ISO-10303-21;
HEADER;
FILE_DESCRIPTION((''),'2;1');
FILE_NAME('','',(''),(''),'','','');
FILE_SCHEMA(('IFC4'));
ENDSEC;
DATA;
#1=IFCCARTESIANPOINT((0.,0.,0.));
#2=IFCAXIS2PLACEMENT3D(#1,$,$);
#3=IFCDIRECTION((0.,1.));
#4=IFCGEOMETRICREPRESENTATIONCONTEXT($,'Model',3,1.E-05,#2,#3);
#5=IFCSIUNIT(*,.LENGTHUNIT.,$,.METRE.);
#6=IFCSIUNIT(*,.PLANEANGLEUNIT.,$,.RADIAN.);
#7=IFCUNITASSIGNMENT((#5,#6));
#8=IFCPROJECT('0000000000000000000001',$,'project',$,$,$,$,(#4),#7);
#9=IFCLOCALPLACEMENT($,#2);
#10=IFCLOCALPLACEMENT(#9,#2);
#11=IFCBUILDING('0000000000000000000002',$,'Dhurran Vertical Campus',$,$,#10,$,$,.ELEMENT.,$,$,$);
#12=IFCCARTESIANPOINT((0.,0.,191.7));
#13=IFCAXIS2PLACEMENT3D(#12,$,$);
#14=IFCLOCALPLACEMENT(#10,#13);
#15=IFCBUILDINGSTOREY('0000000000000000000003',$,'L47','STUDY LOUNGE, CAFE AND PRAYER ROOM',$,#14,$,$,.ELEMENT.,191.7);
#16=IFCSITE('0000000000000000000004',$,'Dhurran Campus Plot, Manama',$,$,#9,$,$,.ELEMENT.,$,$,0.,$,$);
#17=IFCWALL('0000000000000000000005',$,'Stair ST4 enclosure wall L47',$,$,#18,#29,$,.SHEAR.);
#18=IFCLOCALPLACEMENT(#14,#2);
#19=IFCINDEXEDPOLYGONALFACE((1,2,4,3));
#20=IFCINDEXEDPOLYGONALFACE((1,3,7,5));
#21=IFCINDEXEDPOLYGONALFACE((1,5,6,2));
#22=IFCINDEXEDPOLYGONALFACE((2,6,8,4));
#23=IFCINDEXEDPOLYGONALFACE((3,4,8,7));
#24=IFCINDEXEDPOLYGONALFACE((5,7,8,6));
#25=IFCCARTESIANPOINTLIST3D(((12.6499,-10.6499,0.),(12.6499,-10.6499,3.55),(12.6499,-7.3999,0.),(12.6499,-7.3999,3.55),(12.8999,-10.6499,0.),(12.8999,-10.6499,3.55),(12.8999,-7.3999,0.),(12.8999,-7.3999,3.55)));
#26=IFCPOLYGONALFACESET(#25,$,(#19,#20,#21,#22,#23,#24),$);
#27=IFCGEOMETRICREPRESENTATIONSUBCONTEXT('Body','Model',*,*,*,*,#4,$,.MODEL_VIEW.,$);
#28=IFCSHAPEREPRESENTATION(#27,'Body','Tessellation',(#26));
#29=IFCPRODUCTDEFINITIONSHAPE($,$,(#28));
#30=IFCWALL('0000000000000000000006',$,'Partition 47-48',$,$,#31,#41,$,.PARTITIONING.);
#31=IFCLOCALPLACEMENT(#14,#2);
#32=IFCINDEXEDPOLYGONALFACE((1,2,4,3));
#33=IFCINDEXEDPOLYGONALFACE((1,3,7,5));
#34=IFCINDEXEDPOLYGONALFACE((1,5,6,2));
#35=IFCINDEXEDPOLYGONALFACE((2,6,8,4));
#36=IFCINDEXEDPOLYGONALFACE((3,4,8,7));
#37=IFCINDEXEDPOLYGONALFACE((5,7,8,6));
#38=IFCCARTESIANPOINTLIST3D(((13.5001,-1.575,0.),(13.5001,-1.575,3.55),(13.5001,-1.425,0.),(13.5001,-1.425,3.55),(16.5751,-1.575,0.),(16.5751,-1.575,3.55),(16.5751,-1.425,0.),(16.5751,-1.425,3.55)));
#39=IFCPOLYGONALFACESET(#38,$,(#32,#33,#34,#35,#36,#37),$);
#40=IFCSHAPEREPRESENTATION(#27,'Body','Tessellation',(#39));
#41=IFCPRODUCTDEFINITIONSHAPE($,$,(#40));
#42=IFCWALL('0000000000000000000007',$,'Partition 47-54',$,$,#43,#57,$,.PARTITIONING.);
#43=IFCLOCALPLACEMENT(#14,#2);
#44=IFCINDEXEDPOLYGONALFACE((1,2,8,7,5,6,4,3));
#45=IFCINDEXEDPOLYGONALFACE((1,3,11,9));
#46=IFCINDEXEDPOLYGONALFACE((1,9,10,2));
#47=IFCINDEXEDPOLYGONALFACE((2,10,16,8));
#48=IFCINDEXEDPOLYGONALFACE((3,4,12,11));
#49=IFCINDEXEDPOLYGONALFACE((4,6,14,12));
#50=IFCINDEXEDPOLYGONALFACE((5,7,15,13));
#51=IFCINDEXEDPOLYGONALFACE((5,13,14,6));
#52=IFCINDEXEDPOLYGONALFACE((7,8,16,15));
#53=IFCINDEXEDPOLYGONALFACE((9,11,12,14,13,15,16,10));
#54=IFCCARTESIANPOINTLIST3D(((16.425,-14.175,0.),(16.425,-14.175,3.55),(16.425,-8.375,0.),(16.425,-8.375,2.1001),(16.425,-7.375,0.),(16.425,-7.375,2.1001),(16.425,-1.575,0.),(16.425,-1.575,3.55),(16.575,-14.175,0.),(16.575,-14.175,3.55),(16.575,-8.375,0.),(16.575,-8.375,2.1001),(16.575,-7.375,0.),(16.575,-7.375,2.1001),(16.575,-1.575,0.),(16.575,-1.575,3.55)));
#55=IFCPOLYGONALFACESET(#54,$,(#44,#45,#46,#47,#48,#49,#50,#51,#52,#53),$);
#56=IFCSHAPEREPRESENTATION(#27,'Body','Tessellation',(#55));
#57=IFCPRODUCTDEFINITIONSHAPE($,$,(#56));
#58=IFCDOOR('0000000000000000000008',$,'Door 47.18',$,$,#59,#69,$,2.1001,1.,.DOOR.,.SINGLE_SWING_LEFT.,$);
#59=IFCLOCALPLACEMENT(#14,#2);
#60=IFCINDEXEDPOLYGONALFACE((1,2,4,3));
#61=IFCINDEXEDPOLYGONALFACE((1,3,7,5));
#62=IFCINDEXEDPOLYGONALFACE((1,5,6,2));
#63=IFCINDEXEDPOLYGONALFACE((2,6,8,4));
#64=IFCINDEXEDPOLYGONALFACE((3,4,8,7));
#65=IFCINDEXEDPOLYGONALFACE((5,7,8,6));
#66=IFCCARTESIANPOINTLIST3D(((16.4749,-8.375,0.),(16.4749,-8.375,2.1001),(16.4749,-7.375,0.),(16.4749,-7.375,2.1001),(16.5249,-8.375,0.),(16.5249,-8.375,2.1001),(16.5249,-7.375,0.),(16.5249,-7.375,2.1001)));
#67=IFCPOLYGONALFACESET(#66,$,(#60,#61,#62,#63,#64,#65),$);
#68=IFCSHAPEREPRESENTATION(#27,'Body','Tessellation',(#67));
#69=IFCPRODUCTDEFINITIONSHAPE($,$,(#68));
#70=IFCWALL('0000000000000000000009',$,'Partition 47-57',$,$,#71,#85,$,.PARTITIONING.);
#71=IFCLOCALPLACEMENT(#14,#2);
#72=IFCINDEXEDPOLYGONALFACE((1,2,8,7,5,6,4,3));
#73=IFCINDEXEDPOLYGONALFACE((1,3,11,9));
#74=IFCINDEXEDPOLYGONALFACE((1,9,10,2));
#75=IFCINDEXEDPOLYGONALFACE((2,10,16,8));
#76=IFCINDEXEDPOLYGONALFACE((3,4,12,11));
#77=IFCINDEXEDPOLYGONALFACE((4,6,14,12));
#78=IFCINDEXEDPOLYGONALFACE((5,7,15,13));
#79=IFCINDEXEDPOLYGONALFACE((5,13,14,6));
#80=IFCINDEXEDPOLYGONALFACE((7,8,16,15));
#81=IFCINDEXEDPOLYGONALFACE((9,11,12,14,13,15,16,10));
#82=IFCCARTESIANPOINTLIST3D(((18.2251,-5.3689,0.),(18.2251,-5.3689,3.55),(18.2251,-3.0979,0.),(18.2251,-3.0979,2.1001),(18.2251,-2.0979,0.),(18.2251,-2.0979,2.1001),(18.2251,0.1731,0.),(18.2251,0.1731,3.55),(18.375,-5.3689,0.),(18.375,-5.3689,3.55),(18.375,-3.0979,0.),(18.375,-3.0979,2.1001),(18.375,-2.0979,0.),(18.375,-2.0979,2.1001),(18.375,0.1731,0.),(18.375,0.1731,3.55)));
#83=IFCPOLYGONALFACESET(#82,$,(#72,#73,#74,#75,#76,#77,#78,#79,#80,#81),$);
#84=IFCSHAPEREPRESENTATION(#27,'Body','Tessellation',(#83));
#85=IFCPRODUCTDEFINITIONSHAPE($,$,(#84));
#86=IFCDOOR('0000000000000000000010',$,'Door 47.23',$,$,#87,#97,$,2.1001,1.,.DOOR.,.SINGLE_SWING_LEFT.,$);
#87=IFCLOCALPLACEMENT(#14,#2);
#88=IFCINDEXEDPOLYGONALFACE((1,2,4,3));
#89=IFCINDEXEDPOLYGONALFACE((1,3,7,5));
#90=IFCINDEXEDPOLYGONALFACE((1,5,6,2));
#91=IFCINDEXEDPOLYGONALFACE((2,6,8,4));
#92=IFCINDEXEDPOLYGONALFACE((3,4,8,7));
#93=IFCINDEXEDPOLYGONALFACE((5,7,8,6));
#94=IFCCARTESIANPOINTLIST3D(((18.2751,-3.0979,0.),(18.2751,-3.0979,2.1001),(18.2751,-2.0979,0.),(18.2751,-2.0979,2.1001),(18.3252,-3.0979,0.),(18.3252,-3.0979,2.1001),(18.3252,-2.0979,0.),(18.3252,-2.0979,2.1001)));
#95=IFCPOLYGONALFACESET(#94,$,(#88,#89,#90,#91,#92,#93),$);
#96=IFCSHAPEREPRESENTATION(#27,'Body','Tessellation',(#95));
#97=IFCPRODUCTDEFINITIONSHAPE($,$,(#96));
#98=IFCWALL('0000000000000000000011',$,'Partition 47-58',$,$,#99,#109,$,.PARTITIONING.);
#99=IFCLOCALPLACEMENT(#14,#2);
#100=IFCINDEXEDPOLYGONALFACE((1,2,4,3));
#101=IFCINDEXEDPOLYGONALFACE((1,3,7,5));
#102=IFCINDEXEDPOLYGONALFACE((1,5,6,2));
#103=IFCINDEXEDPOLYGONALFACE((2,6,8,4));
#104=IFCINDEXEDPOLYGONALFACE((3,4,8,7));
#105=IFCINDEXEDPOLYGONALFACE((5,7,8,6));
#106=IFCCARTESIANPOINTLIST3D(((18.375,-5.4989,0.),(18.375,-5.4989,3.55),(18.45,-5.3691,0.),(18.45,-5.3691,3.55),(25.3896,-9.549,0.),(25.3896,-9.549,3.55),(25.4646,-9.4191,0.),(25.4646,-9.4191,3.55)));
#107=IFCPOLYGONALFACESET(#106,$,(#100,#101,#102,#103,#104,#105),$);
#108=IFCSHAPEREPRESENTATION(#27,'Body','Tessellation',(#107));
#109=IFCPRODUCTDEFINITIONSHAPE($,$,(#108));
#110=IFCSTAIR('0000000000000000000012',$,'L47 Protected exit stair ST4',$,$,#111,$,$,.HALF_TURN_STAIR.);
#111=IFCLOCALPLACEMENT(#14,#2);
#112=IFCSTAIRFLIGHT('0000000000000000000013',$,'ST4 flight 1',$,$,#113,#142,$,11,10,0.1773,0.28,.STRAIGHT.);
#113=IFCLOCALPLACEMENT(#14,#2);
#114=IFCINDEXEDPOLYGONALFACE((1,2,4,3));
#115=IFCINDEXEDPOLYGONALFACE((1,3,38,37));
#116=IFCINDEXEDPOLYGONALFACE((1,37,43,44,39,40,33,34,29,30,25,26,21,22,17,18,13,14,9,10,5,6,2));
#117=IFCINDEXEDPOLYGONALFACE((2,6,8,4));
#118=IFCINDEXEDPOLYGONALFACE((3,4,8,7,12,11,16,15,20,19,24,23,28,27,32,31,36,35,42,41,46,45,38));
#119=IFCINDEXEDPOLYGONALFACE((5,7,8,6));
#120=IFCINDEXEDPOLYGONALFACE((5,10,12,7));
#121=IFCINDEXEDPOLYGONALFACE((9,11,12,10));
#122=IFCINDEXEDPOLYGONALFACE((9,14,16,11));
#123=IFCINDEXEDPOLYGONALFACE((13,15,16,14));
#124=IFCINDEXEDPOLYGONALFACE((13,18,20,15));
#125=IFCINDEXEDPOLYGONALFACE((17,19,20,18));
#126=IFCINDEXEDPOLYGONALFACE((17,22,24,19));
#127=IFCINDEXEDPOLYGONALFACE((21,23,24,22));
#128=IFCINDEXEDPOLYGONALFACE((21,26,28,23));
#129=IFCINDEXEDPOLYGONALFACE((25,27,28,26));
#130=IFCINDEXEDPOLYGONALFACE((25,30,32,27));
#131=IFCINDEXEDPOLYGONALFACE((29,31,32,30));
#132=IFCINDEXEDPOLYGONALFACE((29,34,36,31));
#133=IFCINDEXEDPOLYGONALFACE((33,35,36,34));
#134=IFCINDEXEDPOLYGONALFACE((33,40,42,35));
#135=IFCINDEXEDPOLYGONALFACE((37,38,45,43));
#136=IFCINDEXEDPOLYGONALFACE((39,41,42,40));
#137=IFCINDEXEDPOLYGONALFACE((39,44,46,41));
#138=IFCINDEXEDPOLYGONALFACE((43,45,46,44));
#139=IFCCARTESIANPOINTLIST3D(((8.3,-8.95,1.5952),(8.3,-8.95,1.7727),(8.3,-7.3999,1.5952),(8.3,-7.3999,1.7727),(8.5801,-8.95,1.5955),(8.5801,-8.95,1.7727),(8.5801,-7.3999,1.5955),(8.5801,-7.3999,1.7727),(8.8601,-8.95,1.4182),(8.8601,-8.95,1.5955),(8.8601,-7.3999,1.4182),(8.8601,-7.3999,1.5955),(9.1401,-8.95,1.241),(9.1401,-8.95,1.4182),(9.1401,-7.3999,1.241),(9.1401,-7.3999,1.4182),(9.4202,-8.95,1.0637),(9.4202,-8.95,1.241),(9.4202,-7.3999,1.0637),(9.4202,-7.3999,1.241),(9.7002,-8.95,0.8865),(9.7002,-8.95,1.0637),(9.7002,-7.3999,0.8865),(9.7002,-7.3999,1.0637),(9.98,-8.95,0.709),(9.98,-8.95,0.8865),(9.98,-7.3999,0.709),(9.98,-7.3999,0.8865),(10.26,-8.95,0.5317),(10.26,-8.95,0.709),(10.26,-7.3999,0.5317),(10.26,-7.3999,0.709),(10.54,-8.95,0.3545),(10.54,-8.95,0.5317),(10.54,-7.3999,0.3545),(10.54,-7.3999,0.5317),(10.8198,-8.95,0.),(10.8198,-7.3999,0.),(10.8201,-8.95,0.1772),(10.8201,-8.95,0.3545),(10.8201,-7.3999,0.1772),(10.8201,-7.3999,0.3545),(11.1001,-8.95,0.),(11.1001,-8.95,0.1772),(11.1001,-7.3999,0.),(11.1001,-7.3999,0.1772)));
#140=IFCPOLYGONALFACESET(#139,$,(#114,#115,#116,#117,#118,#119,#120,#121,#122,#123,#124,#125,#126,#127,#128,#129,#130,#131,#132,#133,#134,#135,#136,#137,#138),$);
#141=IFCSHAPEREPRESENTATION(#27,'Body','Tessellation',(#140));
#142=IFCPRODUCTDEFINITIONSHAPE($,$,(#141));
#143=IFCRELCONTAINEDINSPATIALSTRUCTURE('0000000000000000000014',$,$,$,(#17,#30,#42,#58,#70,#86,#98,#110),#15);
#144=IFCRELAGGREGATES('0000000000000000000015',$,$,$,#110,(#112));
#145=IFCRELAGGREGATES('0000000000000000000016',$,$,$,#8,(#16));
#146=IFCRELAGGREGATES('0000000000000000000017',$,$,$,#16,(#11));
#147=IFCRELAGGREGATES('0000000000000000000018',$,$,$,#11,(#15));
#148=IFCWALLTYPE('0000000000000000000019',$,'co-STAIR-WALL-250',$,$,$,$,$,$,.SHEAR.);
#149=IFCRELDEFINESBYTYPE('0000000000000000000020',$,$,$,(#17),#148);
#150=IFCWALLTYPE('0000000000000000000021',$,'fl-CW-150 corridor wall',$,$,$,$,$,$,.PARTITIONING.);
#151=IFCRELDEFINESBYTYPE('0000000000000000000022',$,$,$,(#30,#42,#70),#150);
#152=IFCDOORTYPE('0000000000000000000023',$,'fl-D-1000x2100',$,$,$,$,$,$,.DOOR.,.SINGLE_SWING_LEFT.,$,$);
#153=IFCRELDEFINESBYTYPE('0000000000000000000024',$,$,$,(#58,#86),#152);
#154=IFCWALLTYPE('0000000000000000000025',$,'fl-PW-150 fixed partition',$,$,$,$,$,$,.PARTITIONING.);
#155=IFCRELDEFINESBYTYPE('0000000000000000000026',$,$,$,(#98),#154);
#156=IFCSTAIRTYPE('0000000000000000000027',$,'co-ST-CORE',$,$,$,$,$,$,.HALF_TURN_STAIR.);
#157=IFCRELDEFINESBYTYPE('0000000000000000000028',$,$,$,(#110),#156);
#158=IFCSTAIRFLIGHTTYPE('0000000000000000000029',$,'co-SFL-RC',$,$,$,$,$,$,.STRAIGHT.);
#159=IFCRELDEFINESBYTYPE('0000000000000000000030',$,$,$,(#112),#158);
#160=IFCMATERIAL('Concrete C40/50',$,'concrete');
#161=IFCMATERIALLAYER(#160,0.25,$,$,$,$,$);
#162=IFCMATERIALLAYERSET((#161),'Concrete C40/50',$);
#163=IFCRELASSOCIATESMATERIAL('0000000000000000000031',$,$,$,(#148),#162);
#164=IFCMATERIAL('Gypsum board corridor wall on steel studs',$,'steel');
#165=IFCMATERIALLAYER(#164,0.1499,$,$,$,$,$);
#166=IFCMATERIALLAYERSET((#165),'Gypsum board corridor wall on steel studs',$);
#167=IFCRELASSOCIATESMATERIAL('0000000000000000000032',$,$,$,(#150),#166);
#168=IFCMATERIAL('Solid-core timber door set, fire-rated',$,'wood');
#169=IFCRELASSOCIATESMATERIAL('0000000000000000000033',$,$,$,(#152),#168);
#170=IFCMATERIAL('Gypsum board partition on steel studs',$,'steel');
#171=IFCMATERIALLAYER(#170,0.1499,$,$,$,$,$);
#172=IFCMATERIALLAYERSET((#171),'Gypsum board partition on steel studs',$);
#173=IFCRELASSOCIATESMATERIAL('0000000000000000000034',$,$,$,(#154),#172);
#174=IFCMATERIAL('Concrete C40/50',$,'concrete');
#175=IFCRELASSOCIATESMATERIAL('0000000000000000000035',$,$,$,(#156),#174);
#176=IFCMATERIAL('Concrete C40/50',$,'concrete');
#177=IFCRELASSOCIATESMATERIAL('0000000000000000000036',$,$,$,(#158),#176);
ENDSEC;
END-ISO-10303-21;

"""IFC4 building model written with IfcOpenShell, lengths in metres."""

from ifc_helpers import new_model, si_unit, direction, frame, frame_2d, origin, place, context, subcontext, project, spatial, polyline, rectangle, outline, extrude, material, layer, layer_set, type_object, element, fill, aggregate, save


model = new_model("IFC4")

# Units and contexts
model_context = context("Model", 3, precision=1e-05, world=origin(), true_north=direction((0.0, 1.0)))
body_context = subcontext(model_context, "Body", "Model", "MODEL_VIEW")
ifc_project = project(units=[si_unit("LENGTHUNIT", "METRE"), si_unit("PLANEANGLEUNIT", "RADIAN")], contexts=[model_context])

# Site, building, storey
site_placement = place(None, origin())
site = spatial("IfcSite", under=ifc_project, at=site_placement, Name="Dhurran Campus Plot, Manama", CompositionType="ELEMENT", RefElevation=0.0)
building_placement = place(site_placement, origin())
building = spatial("IfcBuilding", under=site, at=building_placement, Name="Dhurran Vertical Campus", CompositionType="ELEMENT")
storey_placement = place(building_placement, frame((0.0, 0.0, 191.7)))
storey = spatial("IfcBuildingStorey", under=building, at=storey_placement, Name="L47", Description="STUDY LOUNGE, CAFE AND PRAYER ROOM", CompositionType="ELEMENT", Elevation=191.7)

# Walls
ifc_material_1 = material(Name="Concrete C40/50", Category="concrete")
ifc_layer_1 = layer(ifc_material_1, 0.25)
ifc_layer_set_1 = layer_set([ifc_layer_1], Name="Concrete C40/50")
wall_type_1 = type_object("IfcWallType", Name="co-STAIR-WALL-250", PredefinedType="SHEAR", material=ifc_layer_set_1)
wall_1_placement = place(storey_placement, frame((12.7749, -10.6499, 0.0), z_axis=(0.0, 0.0, 1.0), x_axis=(0.0, 1.0, 0.0)))
element("IfcWall", 1, at=wall_1_placement, inside=storey, type_object=wall_type_1, Name="Stair ST4 enclosure wall L47", PredefinedType="SHEAR", context=body_context, shape_type="SweptSolid", body=[
    extrude(rectangle(XDim=3.25, YDim=0.25, at=frame_2d((1.625, 0.0))), origin(), (0.0, 0.0, 1.0), 3.55),
])
ifc_material_2 = material(Name="Gypsum board corridor wall on steel studs", Category="steel")
ifc_layer_2 = layer(ifc_material_2, 0.1499)
ifc_layer_set_2 = layer_set([ifc_layer_2], Name="Gypsum board corridor wall on steel studs")
wall_type_2 = type_object("IfcWallType", Name="fl-CW-150 corridor wall", PredefinedType="PARTITIONING", material=ifc_layer_set_2)
wall_2_placement = place(storey_placement, frame((13.5, -1.5, 0.0), z_axis=(0.0, 0.0, 1.0), x_axis=(1.0, 0.0, 0.0)))
element("IfcWall", 2, at=wall_2_placement, inside=storey, type_object=wall_type_2, Name="Partition 47-48", PredefinedType="PARTITIONING", context=body_context, shape_type="SweptSolid", body=[
    extrude(rectangle(XDim=3.075, YDim=0.1499, at=frame_2d((1.5376, 0.0))), origin(), (0.0, 0.0, 1.0), 3.55),
])

# Walls, openings, doors
wall_3_placement = place(storey_placement, frame((16.5, -1.575, 0.0), z_axis=(0.0, 0.0, 1.0), x_axis=(0.0, -1.0, 0.0)))
wall_3 = element("IfcWall", 3, at=wall_3_placement, inside=storey, type_object=wall_type_2, Name="Partition 47-54", PredefinedType="PARTITIONING", context=body_context, shape_type="SweptSolid", body=[
    extrude(rectangle(XDim=12.6001, YDim=0.1499, at=frame_2d((6.3, 0.0))), origin(), (0.0, 0.0, 1.0), 3.55),
])
opening_1_placement = place(wall_3_placement, frame((5.8, 0.0, 0.0)))
opening_1 = element("IfcOpeningElement", 4, at=opening_1_placement, cuts=wall_3, PredefinedType="OPENING", context=body_context, shape_type="SweptSolid", body=[
    extrude(rectangle(XDim=1.0, YDim=2.1001, at=frame_2d((0.5, 1.05))), frame((0.0, 0.085, 0.0), z_axis=(0.0, -1.0, 0.0), x_axis=(1.0, 0.0, 0.0)), (0.0, 0.0, 1.0), 0.1699),
])
ifc_material_3 = material(Name="Solid-core timber door set, fire-rated", Category="wood")
door_type_1 = type_object("IfcDoorType", Name="fl-D-1000x2100", OperationType="SINGLE_SWING_LEFT", PredefinedType="DOOR", material=ifc_material_3)
door_1_placement = place(opening_1_placement, origin())
door_1 = element("IfcDoor", 5, at=door_1_placement, inside=storey, type_object=door_type_1, Name="Door 47.18", OperationType="SINGLE_SWING_LEFT", OverallHeight=2.1001, OverallWidth=1.0, PredefinedType="DOOR", context=body_context, shape_type="SweptSolid", body=[
    extrude(rectangle(XDim=1.0, YDim=2.1001, at=frame_2d((0.5, 1.05))), frame((0.0, 0.0249, 0.0), z_axis=(0.0, -1.0, 0.0), x_axis=(1.0, 0.0, 0.0)), (0.0, 0.0, 1.0), 0.05),
])
fill(opening_1, door_1)
wall_4_placement = place(storey_placement, frame((18.3, -5.3689, 0.0), z_axis=(0.0, 0.0, 1.0), x_axis=(0.0, 1.0, 0.0)))
wall_4 = element("IfcWall", 6, at=wall_4_placement, inside=storey, type_object=wall_type_2, Name="Partition 47-57", PredefinedType="PARTITIONING", context=body_context, shape_type="SweptSolid", body=[
    extrude(rectangle(XDim=5.542, YDim=0.1499, at=frame_2d((2.771, 0.0))), origin(), (0.0, 0.0, 1.0), 3.55),
])
opening_2_placement = place(wall_4_placement, frame((2.271, 0.0, 0.0)))
opening_2 = element("IfcOpeningElement", 7, at=opening_2_placement, cuts=wall_4, PredefinedType="OPENING", context=body_context, shape_type="SweptSolid", body=[
    extrude(rectangle(XDim=1.0, YDim=2.1001, at=frame_2d((0.5, 1.05))), frame((0.0, 0.085, 0.0), z_axis=(0.0, -1.0, 0.0), x_axis=(1.0, 0.0, 0.0)), (0.0, 0.0, 1.0), 0.1699),
])
door_2_placement = place(opening_2_placement, origin())
door_2 = element("IfcDoor", 8, at=door_2_placement, inside=storey, type_object=door_type_1, Name="Door 47.23", OperationType="SINGLE_SWING_LEFT", OverallHeight=2.1001, OverallWidth=1.0, PredefinedType="DOOR", context=body_context, shape_type="SweptSolid", body=[
    extrude(rectangle(XDim=1.0, YDim=2.1001, at=frame_2d((0.5, 1.05))), frame((0.0, 0.0249, 0.0), z_axis=(0.0, -1.0, 0.0), x_axis=(1.0, 0.0, 0.0)), (0.0, 0.0, 1.0), 0.05),
])
fill(opening_2, door_2)

# Wall
ifc_material_4 = material(Name="Gypsum board partition on steel studs", Category="steel")
ifc_layer_3 = layer(ifc_material_4, 0.1499)
ifc_layer_set_3 = layer_set([ifc_layer_3], Name="Gypsum board partition on steel studs")
wall_type_3 = type_object("IfcWallType", Name="fl-PW-150 fixed partition", PredefinedType="PARTITIONING", material=ifc_layer_set_3)
wall_5_placement = place(storey_placement, frame((18.4126, -5.4341, 0.0), z_axis=(0.0, 0.0, 1.0), x_axis=(0.866018, -0.500013, 0.0)))
element("IfcWall", 9, at=wall_5_placement, inside=storey, type_object=wall_type_3, Name="Partition 47-58", PredefinedType="PARTITIONING", context=body_context, shape_type="SweptSolid", body=[
    extrude(rectangle(XDim=8.0999, YDim=0.1499, at=frame_2d((4.0498, 0.0))), origin(), (0.0, 0.0, 1.0), 3.55),
])

# Stair, stair flight
ifc_material_5 = material(Name="Concrete C40/50", Category="concrete")
stair_type = type_object("IfcStairType", Name="co-ST-CORE", PredefinedType="HALF_TURN_STAIR", material=ifc_material_5)
stair_placement = place(storey_placement, origin())
stair = element("IfcStair", 10, at=stair_placement, inside=storey, type_object=stair_type, Name="L47 Protected exit stair ST4", PredefinedType="HALF_TURN_STAIR")
ifc_material_6 = material(Name="Concrete C40/50", Category="concrete")
stair_flight_type = type_object("IfcStairFlightType", Name="co-SFL-RC", PredefinedType="STRAIGHT", material=ifc_material_6)
stair_flight_placement = place(storey_placement, frame((11.1001, -8.175, 0.0), z_axis=(0.0, 0.0, 1.0), x_axis=(-1.0, 0.0, 0.0)))
stair_flight = element("IfcStairFlight", 11, at=stair_flight_placement, type_object=stair_flight_type, Name="ST4 flight 1", NumberOfRisers=11, NumberOfTreads=10, PredefinedType="STRAIGHT", RiserHeight=0.1773, TreadLength=0.28, context=body_context, shape_type="SweptSolid", body=[
    extrude(outline(polyline([(0.0, 0.0), (0.0, 0.1772), (0.28, 0.1772), (0.28, 0.3545), (0.5601, 0.3545), (0.5601, 0.5317), (0.8401, 0.5317), (0.8401, 0.709), (1.1201, 0.709), (1.1201, 0.8865), (1.3999, 0.8865), (1.3999, 1.0637), (1.6799, 1.0637), (1.6799, 1.241), (1.96, 1.241), (1.96, 1.4182), (2.24, 1.4182), (2.24, 1.5955), (2.52, 1.5955), (2.52, 1.7727), (2.8, 1.7727), (2.8, 1.95), (2.8, 1.5952), (0.2803, 0.0), (0.0, 0.0)])), frame((0.0, 0.7749, 0.0), z_axis=(0.0, -1.0, 0.0), x_axis=(1.0, 0.0, 0.0)), (0.0, 0.0, 1.0), 1.55),
])
aggregate(stair, [stair_flight])

save(model, "model.ifc")
